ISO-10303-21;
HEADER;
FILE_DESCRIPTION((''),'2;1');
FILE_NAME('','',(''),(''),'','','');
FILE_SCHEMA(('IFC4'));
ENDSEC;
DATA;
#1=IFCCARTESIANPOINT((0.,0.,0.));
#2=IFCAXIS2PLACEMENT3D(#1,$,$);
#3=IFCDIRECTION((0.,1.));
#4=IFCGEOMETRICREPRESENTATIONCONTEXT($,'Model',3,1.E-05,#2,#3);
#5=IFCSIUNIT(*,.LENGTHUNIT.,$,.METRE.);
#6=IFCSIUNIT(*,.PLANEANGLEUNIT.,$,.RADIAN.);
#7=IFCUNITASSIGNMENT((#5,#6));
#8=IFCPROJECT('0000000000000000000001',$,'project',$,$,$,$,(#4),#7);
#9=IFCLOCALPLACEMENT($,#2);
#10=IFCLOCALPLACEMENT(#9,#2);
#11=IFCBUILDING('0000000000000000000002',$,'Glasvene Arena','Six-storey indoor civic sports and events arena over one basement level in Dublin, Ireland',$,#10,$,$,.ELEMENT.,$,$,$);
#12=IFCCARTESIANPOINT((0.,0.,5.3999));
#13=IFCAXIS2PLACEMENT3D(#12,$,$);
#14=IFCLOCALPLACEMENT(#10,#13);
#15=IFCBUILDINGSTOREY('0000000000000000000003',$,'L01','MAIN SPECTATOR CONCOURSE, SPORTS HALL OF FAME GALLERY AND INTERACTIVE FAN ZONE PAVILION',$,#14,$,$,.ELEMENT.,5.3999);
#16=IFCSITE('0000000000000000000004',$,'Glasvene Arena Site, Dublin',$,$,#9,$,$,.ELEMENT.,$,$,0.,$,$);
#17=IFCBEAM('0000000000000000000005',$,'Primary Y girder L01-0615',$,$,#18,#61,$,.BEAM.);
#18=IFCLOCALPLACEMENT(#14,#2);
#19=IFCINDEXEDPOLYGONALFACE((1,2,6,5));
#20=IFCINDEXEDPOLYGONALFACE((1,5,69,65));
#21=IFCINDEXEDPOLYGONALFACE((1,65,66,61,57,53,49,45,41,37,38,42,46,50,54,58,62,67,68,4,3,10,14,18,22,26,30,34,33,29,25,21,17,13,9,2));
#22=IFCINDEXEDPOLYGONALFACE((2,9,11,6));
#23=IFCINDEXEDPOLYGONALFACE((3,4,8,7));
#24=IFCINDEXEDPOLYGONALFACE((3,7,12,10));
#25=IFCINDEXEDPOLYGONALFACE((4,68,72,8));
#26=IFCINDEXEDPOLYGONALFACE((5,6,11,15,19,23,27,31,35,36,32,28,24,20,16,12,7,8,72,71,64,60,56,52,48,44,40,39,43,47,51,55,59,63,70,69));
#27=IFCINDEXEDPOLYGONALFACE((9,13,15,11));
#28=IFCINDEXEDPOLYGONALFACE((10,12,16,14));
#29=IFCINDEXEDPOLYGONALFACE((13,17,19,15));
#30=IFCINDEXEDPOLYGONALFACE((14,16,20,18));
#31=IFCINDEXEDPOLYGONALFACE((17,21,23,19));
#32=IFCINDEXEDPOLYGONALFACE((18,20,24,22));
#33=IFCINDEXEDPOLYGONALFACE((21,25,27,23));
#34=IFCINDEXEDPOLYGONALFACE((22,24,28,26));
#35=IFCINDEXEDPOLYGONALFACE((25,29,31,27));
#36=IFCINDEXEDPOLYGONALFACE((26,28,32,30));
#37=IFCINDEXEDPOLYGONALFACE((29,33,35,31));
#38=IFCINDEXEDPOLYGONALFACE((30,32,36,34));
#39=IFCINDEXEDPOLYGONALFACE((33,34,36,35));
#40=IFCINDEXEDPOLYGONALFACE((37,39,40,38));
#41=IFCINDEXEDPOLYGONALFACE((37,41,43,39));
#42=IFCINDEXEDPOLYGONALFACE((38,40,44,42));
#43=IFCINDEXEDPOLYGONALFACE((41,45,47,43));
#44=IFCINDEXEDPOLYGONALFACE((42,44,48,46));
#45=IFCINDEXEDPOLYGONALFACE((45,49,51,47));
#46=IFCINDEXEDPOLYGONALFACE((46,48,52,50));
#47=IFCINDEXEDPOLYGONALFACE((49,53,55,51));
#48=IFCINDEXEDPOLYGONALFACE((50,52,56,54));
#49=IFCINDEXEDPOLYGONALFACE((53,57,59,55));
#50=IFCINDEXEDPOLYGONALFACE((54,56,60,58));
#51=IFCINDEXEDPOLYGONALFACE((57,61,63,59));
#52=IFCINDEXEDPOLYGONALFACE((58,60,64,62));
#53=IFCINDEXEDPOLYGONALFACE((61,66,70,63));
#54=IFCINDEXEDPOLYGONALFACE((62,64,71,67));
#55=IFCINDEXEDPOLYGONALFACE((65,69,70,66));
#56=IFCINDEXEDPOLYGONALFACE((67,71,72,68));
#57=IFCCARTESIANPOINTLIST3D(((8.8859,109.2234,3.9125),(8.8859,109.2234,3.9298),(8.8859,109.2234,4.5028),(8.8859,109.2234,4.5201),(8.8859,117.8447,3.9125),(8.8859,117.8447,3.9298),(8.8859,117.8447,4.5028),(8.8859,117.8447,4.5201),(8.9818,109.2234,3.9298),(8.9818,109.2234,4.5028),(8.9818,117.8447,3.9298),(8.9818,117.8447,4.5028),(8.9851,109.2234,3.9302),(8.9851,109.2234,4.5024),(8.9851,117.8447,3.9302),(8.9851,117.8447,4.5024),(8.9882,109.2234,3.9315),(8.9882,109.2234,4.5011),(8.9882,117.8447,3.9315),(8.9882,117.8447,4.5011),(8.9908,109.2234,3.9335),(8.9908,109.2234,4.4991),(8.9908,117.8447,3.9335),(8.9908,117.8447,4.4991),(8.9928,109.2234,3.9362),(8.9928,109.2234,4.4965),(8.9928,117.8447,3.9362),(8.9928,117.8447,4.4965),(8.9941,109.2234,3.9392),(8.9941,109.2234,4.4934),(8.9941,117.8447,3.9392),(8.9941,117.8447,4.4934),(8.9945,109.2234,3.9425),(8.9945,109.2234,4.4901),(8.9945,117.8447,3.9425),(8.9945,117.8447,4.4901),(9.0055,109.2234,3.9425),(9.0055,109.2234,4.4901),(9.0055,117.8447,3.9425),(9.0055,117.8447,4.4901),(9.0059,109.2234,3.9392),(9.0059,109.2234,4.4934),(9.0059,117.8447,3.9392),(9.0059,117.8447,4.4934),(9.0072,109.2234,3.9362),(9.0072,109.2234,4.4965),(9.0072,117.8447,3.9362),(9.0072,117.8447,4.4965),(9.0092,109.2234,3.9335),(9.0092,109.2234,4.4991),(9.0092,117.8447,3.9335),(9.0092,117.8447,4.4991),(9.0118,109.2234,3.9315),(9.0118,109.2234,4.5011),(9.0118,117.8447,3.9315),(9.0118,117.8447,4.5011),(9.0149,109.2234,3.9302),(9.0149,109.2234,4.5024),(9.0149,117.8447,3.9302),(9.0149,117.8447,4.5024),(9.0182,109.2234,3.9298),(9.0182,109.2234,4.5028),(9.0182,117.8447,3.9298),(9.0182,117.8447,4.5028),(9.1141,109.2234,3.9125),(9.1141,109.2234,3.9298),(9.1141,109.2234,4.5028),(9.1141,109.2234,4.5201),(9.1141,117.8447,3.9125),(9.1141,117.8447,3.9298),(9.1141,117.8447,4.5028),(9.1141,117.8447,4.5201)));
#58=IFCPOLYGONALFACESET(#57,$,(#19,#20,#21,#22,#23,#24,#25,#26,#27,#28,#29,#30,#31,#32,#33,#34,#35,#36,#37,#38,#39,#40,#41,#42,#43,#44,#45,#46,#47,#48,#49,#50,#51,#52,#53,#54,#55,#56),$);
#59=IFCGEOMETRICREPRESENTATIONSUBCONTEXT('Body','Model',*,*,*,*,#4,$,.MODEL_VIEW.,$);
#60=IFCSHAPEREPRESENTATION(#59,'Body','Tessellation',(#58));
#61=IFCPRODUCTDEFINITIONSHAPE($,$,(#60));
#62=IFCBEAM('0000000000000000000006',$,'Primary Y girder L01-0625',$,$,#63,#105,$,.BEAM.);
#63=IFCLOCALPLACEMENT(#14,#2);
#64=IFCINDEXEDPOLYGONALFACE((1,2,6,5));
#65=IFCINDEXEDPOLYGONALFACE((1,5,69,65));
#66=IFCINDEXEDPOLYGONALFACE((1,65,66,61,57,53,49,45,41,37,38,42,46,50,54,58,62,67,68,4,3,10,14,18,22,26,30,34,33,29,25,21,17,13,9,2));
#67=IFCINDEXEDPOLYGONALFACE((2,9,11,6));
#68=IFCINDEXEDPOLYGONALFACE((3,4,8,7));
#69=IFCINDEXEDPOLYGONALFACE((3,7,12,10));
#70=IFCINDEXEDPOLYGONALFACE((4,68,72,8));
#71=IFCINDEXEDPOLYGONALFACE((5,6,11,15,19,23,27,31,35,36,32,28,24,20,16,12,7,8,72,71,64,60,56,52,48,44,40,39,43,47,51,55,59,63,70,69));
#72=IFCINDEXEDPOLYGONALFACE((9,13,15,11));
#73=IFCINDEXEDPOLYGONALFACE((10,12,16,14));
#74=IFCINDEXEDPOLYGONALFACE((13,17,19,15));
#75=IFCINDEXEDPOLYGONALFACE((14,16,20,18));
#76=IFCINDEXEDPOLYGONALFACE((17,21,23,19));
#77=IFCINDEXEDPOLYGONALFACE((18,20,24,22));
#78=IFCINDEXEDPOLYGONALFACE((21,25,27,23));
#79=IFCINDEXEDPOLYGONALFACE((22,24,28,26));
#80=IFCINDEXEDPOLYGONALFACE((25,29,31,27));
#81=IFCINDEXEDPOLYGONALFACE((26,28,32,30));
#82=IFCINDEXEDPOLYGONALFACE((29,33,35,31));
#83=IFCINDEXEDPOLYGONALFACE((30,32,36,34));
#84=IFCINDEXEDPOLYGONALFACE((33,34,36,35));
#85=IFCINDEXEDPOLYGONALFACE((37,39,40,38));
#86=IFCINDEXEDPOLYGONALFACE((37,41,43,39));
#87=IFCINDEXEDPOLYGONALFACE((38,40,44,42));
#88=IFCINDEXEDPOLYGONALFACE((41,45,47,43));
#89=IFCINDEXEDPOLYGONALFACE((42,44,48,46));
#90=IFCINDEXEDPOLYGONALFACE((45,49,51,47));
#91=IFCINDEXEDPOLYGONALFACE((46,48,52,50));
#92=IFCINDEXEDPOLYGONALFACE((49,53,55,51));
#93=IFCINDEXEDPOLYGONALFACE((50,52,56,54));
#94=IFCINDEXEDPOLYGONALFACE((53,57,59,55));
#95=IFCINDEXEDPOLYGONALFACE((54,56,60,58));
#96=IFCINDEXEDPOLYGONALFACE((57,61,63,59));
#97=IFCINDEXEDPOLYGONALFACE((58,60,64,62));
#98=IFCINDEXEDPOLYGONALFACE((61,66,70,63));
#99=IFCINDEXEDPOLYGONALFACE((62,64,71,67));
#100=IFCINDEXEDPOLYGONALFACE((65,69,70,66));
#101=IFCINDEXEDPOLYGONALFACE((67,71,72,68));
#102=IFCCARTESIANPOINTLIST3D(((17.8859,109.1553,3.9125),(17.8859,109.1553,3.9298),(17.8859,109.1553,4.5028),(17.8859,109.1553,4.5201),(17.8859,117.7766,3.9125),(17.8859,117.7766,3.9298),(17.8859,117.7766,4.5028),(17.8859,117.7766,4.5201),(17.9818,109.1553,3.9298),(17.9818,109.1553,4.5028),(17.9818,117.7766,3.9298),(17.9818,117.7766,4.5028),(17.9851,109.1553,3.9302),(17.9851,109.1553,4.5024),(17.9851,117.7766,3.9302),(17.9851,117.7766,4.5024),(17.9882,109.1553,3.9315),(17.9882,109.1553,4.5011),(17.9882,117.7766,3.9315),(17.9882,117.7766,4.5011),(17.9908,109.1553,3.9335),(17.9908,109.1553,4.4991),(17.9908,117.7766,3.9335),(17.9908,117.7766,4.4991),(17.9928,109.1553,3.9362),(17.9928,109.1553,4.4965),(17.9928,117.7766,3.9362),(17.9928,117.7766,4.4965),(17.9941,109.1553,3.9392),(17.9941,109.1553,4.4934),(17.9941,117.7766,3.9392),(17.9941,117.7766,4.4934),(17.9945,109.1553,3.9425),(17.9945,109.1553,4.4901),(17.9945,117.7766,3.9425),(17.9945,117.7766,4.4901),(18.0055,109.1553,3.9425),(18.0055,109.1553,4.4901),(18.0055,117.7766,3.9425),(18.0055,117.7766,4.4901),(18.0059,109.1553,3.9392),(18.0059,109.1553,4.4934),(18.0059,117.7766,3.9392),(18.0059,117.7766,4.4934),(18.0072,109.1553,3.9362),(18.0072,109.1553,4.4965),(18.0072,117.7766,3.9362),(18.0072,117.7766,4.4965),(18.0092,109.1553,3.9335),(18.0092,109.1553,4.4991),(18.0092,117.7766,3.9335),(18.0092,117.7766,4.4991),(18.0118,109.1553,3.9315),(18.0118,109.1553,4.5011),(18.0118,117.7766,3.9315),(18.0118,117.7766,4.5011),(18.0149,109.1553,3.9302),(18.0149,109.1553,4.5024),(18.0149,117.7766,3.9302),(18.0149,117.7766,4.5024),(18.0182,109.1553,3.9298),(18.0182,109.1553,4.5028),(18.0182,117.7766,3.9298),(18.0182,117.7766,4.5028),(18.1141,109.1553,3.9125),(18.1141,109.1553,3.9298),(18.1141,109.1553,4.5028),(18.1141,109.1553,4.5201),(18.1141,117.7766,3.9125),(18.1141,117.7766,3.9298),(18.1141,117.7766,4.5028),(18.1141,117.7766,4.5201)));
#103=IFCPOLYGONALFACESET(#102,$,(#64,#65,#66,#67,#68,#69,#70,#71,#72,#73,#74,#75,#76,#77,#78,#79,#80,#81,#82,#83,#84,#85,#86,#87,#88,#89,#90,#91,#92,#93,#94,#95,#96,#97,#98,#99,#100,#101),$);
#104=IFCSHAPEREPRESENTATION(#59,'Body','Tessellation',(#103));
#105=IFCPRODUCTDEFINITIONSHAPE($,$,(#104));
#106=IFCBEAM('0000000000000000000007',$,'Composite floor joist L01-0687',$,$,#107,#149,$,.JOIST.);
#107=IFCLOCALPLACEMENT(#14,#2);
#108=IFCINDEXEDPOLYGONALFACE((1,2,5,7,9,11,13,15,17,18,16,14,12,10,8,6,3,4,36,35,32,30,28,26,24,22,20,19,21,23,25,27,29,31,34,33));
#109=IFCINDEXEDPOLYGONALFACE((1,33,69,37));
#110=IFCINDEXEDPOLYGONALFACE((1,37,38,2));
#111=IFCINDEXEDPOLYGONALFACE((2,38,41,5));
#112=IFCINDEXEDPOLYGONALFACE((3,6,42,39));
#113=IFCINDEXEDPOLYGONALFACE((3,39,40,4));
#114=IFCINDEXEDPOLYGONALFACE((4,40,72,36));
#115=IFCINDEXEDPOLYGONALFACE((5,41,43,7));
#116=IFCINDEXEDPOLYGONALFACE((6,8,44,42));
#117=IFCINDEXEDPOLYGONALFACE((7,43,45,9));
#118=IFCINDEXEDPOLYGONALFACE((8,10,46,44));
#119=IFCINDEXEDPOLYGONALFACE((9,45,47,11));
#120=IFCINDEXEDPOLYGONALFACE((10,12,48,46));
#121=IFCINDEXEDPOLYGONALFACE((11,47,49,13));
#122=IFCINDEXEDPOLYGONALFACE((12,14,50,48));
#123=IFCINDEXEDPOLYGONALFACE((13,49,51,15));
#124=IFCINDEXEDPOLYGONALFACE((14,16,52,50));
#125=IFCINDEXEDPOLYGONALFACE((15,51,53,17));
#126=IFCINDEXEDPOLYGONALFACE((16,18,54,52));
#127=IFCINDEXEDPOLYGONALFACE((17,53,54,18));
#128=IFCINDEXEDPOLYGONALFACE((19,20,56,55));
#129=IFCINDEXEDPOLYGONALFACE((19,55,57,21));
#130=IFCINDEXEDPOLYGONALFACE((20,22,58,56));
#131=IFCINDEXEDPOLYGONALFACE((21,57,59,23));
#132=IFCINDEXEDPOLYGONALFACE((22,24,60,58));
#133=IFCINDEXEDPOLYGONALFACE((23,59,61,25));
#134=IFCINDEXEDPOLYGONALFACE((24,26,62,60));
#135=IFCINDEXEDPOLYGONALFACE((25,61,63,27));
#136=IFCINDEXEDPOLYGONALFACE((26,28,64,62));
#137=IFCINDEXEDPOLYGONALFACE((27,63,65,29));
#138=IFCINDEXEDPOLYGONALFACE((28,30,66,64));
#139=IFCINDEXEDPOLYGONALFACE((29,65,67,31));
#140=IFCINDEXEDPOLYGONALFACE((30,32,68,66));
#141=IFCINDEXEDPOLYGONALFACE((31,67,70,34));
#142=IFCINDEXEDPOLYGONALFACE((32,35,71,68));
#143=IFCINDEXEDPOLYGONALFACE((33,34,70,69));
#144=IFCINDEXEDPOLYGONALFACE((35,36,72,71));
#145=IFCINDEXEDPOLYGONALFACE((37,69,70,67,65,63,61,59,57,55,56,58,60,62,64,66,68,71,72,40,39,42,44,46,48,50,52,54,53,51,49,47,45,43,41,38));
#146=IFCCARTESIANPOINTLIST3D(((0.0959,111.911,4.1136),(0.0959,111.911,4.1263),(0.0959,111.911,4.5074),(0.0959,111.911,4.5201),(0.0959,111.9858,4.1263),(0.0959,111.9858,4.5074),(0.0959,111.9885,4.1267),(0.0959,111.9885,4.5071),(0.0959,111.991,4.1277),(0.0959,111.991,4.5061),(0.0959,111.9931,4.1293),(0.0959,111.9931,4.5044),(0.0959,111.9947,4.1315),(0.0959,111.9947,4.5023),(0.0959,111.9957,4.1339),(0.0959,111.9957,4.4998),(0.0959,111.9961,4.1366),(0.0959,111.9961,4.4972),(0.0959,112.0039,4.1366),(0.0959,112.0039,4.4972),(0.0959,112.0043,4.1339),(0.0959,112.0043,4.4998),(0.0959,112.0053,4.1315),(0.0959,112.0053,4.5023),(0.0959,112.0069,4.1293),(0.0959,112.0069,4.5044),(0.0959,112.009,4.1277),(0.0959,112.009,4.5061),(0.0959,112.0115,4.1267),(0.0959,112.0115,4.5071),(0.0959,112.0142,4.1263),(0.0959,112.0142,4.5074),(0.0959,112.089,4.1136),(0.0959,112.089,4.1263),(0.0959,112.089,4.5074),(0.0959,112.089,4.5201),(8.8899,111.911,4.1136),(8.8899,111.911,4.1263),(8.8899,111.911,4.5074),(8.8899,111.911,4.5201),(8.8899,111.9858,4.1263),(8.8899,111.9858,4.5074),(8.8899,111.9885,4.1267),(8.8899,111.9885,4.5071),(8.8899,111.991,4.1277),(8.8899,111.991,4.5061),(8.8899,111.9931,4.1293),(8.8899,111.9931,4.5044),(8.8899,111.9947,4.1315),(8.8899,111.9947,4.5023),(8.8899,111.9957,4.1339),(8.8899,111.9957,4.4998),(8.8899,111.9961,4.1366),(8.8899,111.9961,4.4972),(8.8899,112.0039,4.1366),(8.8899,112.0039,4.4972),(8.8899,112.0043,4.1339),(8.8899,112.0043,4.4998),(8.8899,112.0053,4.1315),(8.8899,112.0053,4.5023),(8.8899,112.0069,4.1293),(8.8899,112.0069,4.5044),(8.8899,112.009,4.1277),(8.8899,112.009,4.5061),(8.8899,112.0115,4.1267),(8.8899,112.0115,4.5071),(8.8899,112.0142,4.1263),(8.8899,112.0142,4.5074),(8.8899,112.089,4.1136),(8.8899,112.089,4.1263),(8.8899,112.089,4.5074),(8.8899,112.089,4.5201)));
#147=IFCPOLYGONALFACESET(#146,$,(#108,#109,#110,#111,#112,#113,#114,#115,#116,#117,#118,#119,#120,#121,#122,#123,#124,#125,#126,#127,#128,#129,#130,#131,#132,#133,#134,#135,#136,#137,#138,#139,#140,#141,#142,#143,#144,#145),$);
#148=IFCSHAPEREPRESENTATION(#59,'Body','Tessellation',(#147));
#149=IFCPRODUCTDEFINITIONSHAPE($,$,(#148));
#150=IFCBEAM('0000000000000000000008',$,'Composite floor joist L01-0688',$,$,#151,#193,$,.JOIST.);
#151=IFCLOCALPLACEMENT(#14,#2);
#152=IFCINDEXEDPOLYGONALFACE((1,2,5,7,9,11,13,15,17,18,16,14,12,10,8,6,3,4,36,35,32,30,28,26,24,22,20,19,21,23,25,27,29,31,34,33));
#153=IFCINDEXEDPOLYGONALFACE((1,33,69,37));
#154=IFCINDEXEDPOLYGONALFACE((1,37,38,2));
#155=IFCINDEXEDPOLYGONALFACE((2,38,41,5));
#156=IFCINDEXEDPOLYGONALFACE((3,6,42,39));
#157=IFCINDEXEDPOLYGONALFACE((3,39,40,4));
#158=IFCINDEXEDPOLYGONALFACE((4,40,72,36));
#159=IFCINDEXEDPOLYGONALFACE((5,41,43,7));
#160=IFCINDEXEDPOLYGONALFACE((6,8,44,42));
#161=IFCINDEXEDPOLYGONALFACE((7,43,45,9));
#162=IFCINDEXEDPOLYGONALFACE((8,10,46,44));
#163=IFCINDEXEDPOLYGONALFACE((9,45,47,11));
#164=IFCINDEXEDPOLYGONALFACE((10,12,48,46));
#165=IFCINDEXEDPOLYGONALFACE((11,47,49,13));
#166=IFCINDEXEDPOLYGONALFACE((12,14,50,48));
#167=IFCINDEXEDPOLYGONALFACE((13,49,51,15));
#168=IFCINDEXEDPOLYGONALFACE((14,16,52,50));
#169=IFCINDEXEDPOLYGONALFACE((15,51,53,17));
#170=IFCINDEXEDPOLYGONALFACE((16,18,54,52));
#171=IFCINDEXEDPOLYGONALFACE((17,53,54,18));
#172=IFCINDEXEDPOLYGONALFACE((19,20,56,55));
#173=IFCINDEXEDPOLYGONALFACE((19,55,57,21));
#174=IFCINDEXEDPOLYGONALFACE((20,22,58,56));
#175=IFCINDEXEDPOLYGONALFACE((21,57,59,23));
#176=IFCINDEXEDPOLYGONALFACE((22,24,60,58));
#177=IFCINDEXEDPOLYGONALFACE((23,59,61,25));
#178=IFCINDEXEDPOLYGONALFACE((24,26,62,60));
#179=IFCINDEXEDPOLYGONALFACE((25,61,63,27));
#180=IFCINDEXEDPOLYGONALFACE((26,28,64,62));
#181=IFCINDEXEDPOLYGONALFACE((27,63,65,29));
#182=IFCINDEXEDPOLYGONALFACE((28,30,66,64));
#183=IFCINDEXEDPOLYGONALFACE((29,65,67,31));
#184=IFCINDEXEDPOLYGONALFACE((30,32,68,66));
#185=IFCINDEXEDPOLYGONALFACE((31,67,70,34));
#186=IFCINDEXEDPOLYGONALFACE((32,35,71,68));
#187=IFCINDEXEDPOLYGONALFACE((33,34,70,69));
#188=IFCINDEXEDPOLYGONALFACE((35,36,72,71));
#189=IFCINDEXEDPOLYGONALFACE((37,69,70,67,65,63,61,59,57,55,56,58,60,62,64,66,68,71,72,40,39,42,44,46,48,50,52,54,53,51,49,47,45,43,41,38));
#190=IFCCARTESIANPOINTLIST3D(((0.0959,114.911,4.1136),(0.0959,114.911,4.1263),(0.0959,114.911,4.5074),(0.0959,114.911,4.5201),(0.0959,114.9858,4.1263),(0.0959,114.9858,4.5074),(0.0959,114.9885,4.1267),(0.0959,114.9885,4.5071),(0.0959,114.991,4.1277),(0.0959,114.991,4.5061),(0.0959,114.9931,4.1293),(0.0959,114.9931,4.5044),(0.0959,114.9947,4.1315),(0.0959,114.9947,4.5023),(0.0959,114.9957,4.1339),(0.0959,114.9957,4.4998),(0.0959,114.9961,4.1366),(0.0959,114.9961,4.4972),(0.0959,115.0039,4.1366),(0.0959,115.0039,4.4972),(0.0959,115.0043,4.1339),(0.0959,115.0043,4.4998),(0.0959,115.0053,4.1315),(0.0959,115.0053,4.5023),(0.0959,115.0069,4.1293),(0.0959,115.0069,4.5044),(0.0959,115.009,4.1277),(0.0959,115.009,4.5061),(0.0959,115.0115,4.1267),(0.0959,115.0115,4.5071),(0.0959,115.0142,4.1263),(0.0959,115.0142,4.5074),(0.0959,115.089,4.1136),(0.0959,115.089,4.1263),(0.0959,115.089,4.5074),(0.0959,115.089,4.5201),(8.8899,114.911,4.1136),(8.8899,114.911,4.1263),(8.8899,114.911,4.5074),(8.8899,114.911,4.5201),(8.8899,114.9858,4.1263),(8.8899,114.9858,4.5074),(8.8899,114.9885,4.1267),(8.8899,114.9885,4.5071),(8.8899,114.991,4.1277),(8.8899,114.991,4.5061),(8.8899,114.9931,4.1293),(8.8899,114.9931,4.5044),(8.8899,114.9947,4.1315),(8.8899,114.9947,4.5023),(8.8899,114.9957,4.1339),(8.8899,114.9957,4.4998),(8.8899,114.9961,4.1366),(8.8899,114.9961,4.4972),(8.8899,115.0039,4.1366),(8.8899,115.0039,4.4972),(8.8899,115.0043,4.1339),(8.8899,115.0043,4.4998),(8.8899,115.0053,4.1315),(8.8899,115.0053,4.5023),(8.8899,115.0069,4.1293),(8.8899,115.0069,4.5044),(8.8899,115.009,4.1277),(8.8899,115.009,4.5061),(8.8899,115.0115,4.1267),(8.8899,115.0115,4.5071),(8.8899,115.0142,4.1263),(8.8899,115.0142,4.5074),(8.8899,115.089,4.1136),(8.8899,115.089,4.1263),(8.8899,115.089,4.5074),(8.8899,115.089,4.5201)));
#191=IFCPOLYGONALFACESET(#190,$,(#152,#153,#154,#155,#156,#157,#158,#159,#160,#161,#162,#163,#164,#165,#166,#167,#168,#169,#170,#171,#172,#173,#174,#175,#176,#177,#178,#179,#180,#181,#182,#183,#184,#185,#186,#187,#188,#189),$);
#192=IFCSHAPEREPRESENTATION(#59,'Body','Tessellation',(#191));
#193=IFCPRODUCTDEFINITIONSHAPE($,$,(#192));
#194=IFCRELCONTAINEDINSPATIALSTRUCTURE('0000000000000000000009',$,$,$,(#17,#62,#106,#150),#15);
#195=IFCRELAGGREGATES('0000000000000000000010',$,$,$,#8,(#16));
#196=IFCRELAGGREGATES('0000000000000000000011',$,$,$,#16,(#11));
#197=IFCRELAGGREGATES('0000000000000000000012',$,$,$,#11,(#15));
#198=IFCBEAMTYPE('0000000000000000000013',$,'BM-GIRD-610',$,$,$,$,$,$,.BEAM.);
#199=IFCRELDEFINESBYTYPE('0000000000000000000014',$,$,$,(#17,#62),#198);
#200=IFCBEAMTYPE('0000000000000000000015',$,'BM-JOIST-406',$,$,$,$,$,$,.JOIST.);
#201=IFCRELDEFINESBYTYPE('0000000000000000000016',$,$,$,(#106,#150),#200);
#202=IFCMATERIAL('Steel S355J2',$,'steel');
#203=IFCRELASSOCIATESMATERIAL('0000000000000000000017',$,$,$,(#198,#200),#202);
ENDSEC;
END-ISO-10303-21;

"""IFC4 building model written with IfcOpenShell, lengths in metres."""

from ifc_helpers import new_model, si_unit, direction, frame, origin, origin_2d, place, context, subcontext, project, spatial, i_section, extrude, material, material_profile, profile_set, type_object, element, save


model = new_model("IFC4")

# Units and contexts
model_context = context("Model", 3, precision=1e-05, world=origin(), true_north=direction((0.0, 1.0)))
body_context = subcontext(model_context, "Body", "Model", "MODEL_VIEW")
ifc_project = project(units=[si_unit("LENGTHUNIT", "METRE"), si_unit("PLANEANGLEUNIT", "RADIAN")], contexts=[model_context])

# Site, building, storey
site_placement = place(None, origin())
site = spatial("IfcSite", under=ifc_project, at=site_placement, Name="Glasvene Arena Site, Dublin", CompositionType="ELEMENT", RefElevation=0.0)
building_placement = place(site_placement, origin())
building = spatial("IfcBuilding", under=site, at=building_placement, Name="Glasvene Arena", Description="Six-storey indoor civic sports and events arena over one basement level in Dublin, Ireland", CompositionType="ELEMENT")
storey_placement = place(building_placement, frame((0.0, 0.0, 5.3999)))
storey = spatial("IfcBuildingStorey", under=building, at=storey_placement, Name="L01", Description="MAIN SPECTATOR CONCOURSE, SPORTS HALL OF FAME GALLERY AND INTERACTIVE FAN ZONE PAVILION", CompositionType="ELEMENT", Elevation=5.3999)

# Shared definitions
ifc_material_1 = material(Name="Steel S355J2", Category="steel")

# Beams
ifc_material_profile_1 = material_profile(ifc_material_1, i_section(OverallWidth=0.2283, OverallDepth=0.6077, WebThickness=0.011, FlangeThickness=0.0173, FilletRadius=0.0127, at=origin_2d()), Name="UKB 610x229x113")
ifc_profile_set_1 = profile_set([ifc_material_profile_1], Name="Steel S355J2")
beam_type_1 = type_object("IfcBeamType", Name="BM-GIRD-610", PredefinedType="BEAM", material=ifc_profile_set_1)
for number, where, z_axis, x_axis, name in (
    (1, (9.0, 109.2234, 4.2163), (0.0, 1.0, 0.0), (-1.0, 0.0, 0.0), "Primary Y girder L01-0615"),
    (2, (18.0, 109.1553, 4.2163), (0.0, 1.0, 0.0), (-1.0, 0.0, 0.0), "Primary Y girder L01-0625"),
):
    element("IfcBeam", number, at=place(storey_placement, frame(where, z_axis=z_axis, x_axis=x_axis)), inside=storey, type_object=beam_type_1, Name=name, PredefinedType="BEAM", context=body_context, shape_type="SweptSolid", body=[
        extrude(i_section(OverallWidth=0.2283, OverallDepth=0.6077, WebThickness=0.011, FlangeThickness=0.0173, FilletRadius=0.0127, at=origin_2d()), origin(), (0.0, 0.0, 1.0), 8.6213),
    ])
ifc_material_profile_2 = material_profile(ifc_material_1, i_section(OverallWidth=0.178, OverallDepth=0.4065, WebThickness=0.0078, FlangeThickness=0.0127, FilletRadius=0.0103, at=origin_2d()), Name="UKB 406x178x60")
ifc_profile_set_2 = profile_set([ifc_material_profile_2], Name="Steel S355J2")
beam_type_2 = type_object("IfcBeamType", Name="BM-JOIST-406", PredefinedType="JOIST", material=ifc_profile_set_2)
for number, where, z_axis, x_axis, name in (
    (3, (0.0959, 112.0, 4.3169), (1.0, 0.0, 0.0), (0.0, 1.0, 0.0), "Composite floor joist L01-0687"),
    (4, (0.0959, 115.0, 4.3169), (1.0, 0.0, 0.0), (0.0, 1.0, 0.0), "Composite floor joist L01-0688"),
):
    element("IfcBeam", number, at=place(storey_placement, frame(where, z_axis=z_axis, x_axis=x_axis)), inside=storey, type_object=beam_type_2, Name=name, PredefinedType="JOIST", context=body_context, shape_type="SweptSolid", body=[
        extrude(i_section(OverallWidth=0.178, OverallDepth=0.4065, WebThickness=0.0078, FlangeThickness=0.0127, FilletRadius=0.0103, at=origin_2d()), origin(), (0.0, 0.0, 1.0), 8.7939),
    ])

save(model, "model.ifc")
